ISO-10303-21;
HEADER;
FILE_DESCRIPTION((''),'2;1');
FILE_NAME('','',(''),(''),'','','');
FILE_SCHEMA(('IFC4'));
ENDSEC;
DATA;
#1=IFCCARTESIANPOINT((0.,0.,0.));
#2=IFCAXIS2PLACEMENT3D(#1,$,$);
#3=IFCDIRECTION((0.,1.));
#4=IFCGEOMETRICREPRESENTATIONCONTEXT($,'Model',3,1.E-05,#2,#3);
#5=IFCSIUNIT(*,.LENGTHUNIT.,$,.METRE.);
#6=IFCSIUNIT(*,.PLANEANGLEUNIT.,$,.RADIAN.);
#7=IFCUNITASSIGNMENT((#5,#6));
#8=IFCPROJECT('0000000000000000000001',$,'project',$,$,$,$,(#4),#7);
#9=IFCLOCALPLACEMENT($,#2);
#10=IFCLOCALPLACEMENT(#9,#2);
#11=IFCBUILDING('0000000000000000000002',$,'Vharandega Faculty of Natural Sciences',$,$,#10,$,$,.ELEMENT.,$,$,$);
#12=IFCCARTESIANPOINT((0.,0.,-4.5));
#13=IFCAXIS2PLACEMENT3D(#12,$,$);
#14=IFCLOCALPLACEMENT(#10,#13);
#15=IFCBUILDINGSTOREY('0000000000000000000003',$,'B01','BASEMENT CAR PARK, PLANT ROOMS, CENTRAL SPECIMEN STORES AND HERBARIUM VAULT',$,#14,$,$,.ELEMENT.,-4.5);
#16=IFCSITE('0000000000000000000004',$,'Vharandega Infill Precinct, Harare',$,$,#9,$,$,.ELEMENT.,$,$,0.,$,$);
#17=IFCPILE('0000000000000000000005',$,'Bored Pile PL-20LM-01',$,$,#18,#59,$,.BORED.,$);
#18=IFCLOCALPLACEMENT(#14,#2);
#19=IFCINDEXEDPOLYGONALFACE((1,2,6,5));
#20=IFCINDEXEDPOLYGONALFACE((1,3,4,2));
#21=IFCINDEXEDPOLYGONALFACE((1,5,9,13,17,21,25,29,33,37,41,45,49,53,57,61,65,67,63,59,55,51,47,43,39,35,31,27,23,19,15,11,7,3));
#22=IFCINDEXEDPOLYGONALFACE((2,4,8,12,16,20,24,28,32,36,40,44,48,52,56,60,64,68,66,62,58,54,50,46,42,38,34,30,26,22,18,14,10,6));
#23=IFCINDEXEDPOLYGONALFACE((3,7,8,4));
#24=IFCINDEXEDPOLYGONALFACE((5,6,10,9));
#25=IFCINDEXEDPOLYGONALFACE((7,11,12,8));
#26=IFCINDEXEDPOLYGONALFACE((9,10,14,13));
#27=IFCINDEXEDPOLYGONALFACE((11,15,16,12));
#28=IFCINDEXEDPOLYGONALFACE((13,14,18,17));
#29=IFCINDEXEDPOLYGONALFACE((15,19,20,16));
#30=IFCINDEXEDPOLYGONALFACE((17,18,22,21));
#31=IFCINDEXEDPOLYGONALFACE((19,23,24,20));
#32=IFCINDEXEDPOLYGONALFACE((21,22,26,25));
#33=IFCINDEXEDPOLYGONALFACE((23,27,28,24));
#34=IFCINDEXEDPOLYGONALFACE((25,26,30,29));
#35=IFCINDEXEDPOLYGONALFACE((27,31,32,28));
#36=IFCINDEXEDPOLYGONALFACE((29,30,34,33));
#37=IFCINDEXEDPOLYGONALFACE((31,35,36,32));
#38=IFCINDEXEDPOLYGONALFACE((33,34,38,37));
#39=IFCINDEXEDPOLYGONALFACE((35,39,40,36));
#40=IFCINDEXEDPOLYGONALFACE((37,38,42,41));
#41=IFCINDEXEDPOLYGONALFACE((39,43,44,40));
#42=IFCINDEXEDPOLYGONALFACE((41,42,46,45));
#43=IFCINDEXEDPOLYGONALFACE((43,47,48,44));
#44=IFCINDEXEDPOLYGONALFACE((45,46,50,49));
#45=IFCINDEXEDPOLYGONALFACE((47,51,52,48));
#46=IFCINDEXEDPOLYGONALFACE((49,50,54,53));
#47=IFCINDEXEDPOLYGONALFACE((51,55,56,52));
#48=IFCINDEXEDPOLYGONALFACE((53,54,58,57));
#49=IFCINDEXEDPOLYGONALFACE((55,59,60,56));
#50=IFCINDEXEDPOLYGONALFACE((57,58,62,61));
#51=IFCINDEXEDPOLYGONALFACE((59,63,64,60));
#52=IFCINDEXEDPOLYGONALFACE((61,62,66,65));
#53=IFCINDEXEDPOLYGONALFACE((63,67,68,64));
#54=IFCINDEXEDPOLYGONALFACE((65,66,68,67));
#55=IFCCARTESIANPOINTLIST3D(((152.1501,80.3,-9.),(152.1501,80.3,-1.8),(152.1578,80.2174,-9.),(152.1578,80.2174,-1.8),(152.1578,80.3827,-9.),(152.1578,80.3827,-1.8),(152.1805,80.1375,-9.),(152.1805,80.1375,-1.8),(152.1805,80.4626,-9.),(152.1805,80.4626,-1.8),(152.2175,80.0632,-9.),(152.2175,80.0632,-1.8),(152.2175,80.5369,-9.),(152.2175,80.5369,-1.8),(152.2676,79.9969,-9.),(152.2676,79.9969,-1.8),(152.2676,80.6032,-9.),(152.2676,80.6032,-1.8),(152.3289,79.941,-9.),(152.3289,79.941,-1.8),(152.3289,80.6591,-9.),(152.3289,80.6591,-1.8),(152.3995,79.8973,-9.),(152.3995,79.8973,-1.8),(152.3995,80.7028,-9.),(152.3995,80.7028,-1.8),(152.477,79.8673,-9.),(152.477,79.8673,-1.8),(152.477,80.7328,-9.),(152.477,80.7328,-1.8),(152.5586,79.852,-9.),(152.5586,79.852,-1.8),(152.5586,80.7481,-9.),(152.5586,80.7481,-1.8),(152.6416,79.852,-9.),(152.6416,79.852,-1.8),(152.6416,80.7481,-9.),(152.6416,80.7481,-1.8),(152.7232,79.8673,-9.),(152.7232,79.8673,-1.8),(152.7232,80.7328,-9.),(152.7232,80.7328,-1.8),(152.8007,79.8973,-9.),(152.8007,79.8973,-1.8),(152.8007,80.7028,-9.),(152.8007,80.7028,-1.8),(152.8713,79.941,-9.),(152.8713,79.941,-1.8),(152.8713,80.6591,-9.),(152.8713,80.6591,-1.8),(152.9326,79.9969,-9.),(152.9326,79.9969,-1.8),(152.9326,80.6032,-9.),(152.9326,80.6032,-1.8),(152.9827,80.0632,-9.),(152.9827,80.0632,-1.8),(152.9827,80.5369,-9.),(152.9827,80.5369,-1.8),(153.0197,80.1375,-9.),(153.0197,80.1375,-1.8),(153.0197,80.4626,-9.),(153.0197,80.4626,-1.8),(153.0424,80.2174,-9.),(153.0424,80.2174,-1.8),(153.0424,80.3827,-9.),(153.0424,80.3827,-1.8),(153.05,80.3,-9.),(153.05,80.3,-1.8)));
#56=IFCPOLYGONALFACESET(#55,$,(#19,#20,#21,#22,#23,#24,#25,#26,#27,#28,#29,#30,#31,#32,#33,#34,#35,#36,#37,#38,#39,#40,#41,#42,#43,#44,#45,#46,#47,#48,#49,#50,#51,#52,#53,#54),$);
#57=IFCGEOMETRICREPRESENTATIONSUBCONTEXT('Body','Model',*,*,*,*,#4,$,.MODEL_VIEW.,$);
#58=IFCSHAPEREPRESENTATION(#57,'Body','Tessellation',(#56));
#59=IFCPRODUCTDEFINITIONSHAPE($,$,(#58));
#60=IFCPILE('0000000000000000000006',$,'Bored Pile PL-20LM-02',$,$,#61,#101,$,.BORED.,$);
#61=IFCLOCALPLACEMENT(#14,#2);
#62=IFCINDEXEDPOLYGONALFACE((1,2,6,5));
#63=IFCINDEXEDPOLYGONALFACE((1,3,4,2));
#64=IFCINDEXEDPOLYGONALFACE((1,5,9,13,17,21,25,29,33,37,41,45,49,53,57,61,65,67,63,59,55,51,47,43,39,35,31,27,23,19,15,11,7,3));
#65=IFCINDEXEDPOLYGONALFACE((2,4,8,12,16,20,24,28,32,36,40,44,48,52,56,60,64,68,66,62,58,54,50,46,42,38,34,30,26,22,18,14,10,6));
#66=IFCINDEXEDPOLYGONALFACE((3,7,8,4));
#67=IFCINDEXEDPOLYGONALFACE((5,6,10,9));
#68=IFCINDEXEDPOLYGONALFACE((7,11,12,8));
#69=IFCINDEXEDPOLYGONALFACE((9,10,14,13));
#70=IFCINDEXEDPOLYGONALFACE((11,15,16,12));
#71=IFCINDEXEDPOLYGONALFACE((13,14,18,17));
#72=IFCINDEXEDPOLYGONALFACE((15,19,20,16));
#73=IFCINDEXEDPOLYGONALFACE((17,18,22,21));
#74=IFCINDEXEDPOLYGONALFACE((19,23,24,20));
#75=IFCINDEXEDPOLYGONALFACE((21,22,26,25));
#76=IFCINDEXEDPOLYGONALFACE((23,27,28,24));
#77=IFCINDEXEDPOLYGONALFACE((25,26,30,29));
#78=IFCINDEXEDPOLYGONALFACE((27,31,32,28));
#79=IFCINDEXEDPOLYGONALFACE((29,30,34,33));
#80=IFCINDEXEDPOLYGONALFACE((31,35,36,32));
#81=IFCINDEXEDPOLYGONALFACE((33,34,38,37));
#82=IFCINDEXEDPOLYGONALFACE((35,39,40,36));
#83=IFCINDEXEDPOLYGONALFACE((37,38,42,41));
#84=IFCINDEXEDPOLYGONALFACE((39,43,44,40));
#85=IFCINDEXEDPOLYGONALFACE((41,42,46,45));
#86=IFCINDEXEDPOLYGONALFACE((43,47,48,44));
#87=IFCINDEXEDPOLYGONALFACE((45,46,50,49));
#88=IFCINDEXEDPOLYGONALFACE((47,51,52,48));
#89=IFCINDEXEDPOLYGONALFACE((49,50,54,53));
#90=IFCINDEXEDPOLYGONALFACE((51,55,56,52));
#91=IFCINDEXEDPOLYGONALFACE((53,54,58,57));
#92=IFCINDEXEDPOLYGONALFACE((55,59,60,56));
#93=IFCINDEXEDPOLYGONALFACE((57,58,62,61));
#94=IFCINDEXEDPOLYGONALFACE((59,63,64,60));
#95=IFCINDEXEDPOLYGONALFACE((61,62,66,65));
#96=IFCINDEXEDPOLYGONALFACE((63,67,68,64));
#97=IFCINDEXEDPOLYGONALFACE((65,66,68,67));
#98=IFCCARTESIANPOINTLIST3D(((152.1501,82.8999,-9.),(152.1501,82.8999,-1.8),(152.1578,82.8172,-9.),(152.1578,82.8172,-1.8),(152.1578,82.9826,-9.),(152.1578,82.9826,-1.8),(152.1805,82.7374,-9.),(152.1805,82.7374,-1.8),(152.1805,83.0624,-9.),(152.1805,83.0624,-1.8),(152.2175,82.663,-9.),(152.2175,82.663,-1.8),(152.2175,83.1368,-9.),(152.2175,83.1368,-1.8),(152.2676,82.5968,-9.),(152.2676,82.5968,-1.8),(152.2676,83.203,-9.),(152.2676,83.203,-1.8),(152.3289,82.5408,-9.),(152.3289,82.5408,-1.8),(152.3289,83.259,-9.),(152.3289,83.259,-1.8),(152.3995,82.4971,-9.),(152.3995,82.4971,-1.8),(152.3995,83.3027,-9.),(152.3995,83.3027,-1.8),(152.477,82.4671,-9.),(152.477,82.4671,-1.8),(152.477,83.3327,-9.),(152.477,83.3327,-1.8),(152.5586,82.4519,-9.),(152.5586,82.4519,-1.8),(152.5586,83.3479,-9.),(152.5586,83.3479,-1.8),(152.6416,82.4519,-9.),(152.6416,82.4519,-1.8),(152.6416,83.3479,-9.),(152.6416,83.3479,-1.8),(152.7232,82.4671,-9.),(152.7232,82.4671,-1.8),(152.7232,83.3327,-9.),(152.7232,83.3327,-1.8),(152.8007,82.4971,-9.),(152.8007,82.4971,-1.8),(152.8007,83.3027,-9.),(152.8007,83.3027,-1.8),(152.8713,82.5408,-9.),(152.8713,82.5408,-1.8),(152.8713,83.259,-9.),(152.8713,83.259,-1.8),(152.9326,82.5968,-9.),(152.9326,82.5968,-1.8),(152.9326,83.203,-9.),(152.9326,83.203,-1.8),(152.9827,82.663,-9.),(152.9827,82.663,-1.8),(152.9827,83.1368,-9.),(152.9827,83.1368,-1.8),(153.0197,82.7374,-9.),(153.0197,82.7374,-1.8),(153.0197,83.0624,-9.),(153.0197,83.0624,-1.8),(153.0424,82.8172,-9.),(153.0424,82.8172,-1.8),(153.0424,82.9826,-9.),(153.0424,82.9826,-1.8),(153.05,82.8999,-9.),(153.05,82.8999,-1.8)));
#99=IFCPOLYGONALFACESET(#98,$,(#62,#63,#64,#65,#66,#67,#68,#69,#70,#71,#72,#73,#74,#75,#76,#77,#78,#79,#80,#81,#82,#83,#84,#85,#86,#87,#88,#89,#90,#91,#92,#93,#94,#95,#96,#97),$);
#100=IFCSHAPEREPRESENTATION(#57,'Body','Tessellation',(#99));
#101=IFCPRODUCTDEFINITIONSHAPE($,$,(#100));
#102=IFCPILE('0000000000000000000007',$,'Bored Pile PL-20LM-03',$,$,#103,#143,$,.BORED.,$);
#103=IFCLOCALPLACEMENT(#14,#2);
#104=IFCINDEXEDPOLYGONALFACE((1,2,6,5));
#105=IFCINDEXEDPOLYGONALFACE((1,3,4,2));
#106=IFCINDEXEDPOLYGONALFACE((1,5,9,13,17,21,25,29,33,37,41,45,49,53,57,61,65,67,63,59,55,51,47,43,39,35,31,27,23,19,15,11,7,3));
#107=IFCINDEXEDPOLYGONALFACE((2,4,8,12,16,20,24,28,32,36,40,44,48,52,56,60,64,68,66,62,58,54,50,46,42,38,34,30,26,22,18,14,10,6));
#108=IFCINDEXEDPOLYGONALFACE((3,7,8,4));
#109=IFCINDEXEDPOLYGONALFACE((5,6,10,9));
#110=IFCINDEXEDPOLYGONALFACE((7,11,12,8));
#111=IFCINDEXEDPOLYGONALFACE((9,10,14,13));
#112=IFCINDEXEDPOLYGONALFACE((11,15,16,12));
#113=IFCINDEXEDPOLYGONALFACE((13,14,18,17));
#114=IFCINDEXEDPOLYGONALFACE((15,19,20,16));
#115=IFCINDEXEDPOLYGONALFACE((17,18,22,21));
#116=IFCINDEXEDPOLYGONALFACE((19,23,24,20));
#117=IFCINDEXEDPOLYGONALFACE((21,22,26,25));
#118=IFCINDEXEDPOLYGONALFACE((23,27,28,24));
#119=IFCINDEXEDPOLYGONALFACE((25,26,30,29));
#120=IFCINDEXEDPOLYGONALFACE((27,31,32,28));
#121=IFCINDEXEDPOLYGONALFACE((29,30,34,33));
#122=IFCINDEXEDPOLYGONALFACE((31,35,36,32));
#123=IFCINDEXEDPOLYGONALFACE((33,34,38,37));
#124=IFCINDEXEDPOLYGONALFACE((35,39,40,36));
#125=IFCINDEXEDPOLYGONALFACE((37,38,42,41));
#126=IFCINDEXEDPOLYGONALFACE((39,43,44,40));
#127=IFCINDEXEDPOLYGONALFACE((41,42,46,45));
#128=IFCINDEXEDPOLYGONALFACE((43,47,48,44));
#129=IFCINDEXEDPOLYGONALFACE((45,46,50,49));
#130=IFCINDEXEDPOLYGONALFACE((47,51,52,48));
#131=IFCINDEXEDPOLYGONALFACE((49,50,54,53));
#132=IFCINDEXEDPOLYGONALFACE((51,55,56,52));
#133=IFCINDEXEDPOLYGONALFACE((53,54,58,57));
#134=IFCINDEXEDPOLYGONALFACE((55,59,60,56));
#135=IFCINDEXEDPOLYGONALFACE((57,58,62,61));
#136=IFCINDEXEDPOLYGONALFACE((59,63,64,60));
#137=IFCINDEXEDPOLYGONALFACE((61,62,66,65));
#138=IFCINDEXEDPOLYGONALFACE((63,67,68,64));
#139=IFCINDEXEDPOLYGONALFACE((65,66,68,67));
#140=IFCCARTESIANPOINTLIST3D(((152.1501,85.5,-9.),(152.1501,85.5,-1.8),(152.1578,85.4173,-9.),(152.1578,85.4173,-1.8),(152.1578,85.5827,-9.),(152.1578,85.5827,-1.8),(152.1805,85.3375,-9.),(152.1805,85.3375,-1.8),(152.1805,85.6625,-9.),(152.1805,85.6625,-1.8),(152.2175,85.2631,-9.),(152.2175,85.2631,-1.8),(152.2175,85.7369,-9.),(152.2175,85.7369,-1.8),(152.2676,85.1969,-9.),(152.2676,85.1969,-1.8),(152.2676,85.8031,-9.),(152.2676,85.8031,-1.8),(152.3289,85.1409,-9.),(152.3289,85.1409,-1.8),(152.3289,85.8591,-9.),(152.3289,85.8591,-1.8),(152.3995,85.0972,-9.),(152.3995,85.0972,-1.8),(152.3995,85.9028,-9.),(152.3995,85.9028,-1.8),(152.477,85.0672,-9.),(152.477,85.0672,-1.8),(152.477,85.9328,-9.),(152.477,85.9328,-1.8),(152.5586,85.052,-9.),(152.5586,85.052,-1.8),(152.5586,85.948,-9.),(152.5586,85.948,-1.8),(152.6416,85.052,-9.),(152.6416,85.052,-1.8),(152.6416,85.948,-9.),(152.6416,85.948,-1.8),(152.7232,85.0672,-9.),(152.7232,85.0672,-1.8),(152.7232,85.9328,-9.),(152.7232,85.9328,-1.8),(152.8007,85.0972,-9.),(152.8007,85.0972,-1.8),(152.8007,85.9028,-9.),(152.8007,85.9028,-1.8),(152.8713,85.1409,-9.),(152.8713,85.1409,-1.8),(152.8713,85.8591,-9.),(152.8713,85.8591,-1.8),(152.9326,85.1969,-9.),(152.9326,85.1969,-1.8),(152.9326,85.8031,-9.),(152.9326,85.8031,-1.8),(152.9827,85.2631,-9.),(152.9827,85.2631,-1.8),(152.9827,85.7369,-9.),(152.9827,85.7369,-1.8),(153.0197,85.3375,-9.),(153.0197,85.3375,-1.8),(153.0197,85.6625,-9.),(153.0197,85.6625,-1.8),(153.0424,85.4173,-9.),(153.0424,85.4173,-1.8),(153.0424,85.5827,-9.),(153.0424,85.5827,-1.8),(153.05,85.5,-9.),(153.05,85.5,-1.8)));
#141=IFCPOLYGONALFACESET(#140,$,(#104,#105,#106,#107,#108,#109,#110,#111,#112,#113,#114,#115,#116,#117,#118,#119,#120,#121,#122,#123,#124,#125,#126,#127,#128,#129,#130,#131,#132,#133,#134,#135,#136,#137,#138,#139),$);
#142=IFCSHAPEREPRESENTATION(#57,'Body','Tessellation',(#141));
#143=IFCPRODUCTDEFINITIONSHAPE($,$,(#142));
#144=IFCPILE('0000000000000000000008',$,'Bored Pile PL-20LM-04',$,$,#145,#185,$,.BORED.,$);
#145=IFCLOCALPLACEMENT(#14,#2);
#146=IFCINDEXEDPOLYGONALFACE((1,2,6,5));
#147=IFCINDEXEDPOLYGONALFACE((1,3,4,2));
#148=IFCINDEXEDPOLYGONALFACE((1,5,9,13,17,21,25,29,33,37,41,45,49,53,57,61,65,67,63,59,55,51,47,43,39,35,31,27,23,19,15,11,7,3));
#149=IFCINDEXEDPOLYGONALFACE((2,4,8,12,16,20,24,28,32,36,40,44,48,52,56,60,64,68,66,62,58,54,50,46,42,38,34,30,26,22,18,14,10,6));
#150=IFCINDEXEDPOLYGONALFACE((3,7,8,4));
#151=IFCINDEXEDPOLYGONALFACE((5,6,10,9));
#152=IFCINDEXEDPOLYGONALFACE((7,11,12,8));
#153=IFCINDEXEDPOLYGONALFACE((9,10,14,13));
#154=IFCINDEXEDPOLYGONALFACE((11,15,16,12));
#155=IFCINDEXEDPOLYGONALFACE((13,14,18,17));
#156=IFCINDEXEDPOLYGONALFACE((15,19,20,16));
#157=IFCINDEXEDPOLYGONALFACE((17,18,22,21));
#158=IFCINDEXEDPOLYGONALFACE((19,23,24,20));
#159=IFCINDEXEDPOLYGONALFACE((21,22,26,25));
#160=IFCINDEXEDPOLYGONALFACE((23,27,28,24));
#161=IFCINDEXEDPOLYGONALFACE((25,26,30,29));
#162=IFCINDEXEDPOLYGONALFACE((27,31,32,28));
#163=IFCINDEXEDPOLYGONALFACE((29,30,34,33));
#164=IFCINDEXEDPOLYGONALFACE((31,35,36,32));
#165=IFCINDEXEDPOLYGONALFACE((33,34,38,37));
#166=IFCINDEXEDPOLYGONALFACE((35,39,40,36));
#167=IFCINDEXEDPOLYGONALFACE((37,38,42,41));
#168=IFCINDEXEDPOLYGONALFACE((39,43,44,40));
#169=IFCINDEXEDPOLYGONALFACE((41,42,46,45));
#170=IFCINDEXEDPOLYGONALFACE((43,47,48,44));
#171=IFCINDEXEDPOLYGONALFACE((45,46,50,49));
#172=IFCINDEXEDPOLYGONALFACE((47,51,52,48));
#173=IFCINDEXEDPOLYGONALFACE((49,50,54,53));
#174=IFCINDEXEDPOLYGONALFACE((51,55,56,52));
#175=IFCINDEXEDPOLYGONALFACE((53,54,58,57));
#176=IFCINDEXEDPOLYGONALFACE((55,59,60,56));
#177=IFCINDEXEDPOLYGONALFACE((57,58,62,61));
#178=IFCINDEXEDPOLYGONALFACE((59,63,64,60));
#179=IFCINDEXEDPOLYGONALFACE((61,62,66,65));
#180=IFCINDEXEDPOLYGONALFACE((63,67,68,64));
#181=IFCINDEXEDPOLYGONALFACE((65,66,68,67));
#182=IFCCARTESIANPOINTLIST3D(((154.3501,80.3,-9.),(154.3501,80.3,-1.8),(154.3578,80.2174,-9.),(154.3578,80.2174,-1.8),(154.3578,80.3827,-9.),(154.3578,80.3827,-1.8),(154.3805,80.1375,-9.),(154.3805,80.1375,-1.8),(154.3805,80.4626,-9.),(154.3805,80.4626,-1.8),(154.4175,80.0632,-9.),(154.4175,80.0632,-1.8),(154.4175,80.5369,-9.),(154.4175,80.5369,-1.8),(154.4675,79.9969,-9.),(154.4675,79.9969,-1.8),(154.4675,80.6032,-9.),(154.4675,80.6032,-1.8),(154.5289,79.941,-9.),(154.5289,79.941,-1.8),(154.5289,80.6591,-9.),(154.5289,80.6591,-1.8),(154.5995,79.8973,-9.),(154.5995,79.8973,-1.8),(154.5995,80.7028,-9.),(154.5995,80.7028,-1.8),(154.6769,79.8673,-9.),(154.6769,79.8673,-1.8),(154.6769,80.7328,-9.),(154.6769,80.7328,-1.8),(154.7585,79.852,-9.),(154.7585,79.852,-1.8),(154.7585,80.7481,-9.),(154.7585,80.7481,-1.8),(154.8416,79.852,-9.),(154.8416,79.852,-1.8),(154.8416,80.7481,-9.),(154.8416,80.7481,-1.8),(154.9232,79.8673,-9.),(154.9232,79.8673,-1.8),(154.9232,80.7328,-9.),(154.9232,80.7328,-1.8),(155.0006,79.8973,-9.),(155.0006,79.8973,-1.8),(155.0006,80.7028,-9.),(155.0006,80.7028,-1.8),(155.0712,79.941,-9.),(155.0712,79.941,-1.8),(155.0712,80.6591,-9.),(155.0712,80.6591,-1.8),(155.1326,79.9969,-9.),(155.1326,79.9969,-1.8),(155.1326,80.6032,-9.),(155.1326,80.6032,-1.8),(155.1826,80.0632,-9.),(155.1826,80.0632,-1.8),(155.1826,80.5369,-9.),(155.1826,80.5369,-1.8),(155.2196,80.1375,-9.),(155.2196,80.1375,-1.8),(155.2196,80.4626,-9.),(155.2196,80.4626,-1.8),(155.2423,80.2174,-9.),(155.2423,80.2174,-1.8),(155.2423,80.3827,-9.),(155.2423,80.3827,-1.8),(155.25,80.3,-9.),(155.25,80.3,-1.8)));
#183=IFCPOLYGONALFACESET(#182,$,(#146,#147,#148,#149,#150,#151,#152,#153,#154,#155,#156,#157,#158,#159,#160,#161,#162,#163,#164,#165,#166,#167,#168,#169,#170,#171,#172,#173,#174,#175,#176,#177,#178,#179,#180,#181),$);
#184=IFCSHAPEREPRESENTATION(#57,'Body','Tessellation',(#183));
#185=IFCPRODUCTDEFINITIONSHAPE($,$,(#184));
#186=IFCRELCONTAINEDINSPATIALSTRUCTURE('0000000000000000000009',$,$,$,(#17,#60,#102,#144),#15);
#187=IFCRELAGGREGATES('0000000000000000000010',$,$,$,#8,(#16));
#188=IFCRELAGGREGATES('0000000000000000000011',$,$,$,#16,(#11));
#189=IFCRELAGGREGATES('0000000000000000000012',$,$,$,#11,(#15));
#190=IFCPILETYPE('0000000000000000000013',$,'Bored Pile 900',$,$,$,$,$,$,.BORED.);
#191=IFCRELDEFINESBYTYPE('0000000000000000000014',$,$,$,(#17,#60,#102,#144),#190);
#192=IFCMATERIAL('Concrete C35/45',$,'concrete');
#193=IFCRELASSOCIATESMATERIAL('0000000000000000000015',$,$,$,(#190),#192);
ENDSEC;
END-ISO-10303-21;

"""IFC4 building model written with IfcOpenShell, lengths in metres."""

from ifc_helpers import new_model, si_unit, direction, frame, origin, origin_2d, place, context, subcontext, project, spatial, circle, extrude, material, material_profile, profile_set, type_object, element, save


model = new_model("IFC4")

# Units and contexts
model_context = context("Model", 3, precision=1e-05, world=origin(), true_north=direction((0.0, 1.0)))
body_context = subcontext(model_context, "Body", "Model", "MODEL_VIEW")
ifc_project = project(units=[si_unit("LENGTHUNIT", "METRE"), si_unit("PLANEANGLEUNIT", "RADIAN")], contexts=[model_context])

# Site, building, storey
site_placement = place(None, origin())
site = spatial("IfcSite", under=ifc_project, at=site_placement, Name="Vharandega Infill Precinct, Harare", CompositionType="ELEMENT", RefElevation=0.0)
building_placement = place(site_placement, origin())
building = spatial("IfcBuilding", under=site, at=building_placement, Name="Vharandega Faculty of Natural Sciences", CompositionType="ELEMENT")
storey_placement = place(building_placement, frame((0.0, 0.0, -4.5)))
storey = spatial("IfcBuildingStorey", under=building, at=storey_placement, Name="B01", Description="BASEMENT CAR PARK, PLANT ROOMS, CENTRAL SPECIMEN STORES AND HERBARIUM VAULT", CompositionType="ELEMENT", Elevation=-4.5)

# Piles
ifc_material_1 = material(Name="Concrete C35/45", Category="concrete")
ifc_material_profile_1 = material_profile(ifc_material_1, circle(Radius=0.45, at=origin_2d()), Name="PILE 900")
ifc_profile_set_1 = profile_set([ifc_material_profile_1], Name="Concrete C35/45")
pile_type = type_object("IfcPileType", Name="Bored Pile 900", PredefinedType="BORED", material=ifc_profile_set_1)
for number, where, z_axis, x_axis, name in (
    (1, (152.6001, 80.3, -1.8), (0.0, 0.0, -1.0), (1.0, 0.0, 0.0), "Bored Pile PL-20LM-01"),
    (2, (152.6001, 82.8999, -1.8), (0.0, 0.0, -1.0), (1.0, 0.0, 0.0), "Bored Pile PL-20LM-02"),
    (3, (152.6001, 85.5, -1.8), (0.0, 0.0, -1.0), (1.0, 0.0, 0.0), "Bored Pile PL-20LM-03"),
    (4, (154.8, 80.3, -1.8), (0.0, 0.0, -1.0), (1.0, 0.0, 0.0), "Bored Pile PL-20LM-04"),
):
    element("IfcPile", number, at=place(storey_placement, frame(where, z_axis=z_axis, x_axis=x_axis)), inside=storey, type_object=pile_type, Name=name, PredefinedType="BORED", context=body_context, shape_type="SweptSolid", body=[
        extrude(circle(Radius=0.45, at=origin_2d()), origin(), (0.0, 0.0, 1.0), 7.2),
    ])

save(model, "model.ifc")
